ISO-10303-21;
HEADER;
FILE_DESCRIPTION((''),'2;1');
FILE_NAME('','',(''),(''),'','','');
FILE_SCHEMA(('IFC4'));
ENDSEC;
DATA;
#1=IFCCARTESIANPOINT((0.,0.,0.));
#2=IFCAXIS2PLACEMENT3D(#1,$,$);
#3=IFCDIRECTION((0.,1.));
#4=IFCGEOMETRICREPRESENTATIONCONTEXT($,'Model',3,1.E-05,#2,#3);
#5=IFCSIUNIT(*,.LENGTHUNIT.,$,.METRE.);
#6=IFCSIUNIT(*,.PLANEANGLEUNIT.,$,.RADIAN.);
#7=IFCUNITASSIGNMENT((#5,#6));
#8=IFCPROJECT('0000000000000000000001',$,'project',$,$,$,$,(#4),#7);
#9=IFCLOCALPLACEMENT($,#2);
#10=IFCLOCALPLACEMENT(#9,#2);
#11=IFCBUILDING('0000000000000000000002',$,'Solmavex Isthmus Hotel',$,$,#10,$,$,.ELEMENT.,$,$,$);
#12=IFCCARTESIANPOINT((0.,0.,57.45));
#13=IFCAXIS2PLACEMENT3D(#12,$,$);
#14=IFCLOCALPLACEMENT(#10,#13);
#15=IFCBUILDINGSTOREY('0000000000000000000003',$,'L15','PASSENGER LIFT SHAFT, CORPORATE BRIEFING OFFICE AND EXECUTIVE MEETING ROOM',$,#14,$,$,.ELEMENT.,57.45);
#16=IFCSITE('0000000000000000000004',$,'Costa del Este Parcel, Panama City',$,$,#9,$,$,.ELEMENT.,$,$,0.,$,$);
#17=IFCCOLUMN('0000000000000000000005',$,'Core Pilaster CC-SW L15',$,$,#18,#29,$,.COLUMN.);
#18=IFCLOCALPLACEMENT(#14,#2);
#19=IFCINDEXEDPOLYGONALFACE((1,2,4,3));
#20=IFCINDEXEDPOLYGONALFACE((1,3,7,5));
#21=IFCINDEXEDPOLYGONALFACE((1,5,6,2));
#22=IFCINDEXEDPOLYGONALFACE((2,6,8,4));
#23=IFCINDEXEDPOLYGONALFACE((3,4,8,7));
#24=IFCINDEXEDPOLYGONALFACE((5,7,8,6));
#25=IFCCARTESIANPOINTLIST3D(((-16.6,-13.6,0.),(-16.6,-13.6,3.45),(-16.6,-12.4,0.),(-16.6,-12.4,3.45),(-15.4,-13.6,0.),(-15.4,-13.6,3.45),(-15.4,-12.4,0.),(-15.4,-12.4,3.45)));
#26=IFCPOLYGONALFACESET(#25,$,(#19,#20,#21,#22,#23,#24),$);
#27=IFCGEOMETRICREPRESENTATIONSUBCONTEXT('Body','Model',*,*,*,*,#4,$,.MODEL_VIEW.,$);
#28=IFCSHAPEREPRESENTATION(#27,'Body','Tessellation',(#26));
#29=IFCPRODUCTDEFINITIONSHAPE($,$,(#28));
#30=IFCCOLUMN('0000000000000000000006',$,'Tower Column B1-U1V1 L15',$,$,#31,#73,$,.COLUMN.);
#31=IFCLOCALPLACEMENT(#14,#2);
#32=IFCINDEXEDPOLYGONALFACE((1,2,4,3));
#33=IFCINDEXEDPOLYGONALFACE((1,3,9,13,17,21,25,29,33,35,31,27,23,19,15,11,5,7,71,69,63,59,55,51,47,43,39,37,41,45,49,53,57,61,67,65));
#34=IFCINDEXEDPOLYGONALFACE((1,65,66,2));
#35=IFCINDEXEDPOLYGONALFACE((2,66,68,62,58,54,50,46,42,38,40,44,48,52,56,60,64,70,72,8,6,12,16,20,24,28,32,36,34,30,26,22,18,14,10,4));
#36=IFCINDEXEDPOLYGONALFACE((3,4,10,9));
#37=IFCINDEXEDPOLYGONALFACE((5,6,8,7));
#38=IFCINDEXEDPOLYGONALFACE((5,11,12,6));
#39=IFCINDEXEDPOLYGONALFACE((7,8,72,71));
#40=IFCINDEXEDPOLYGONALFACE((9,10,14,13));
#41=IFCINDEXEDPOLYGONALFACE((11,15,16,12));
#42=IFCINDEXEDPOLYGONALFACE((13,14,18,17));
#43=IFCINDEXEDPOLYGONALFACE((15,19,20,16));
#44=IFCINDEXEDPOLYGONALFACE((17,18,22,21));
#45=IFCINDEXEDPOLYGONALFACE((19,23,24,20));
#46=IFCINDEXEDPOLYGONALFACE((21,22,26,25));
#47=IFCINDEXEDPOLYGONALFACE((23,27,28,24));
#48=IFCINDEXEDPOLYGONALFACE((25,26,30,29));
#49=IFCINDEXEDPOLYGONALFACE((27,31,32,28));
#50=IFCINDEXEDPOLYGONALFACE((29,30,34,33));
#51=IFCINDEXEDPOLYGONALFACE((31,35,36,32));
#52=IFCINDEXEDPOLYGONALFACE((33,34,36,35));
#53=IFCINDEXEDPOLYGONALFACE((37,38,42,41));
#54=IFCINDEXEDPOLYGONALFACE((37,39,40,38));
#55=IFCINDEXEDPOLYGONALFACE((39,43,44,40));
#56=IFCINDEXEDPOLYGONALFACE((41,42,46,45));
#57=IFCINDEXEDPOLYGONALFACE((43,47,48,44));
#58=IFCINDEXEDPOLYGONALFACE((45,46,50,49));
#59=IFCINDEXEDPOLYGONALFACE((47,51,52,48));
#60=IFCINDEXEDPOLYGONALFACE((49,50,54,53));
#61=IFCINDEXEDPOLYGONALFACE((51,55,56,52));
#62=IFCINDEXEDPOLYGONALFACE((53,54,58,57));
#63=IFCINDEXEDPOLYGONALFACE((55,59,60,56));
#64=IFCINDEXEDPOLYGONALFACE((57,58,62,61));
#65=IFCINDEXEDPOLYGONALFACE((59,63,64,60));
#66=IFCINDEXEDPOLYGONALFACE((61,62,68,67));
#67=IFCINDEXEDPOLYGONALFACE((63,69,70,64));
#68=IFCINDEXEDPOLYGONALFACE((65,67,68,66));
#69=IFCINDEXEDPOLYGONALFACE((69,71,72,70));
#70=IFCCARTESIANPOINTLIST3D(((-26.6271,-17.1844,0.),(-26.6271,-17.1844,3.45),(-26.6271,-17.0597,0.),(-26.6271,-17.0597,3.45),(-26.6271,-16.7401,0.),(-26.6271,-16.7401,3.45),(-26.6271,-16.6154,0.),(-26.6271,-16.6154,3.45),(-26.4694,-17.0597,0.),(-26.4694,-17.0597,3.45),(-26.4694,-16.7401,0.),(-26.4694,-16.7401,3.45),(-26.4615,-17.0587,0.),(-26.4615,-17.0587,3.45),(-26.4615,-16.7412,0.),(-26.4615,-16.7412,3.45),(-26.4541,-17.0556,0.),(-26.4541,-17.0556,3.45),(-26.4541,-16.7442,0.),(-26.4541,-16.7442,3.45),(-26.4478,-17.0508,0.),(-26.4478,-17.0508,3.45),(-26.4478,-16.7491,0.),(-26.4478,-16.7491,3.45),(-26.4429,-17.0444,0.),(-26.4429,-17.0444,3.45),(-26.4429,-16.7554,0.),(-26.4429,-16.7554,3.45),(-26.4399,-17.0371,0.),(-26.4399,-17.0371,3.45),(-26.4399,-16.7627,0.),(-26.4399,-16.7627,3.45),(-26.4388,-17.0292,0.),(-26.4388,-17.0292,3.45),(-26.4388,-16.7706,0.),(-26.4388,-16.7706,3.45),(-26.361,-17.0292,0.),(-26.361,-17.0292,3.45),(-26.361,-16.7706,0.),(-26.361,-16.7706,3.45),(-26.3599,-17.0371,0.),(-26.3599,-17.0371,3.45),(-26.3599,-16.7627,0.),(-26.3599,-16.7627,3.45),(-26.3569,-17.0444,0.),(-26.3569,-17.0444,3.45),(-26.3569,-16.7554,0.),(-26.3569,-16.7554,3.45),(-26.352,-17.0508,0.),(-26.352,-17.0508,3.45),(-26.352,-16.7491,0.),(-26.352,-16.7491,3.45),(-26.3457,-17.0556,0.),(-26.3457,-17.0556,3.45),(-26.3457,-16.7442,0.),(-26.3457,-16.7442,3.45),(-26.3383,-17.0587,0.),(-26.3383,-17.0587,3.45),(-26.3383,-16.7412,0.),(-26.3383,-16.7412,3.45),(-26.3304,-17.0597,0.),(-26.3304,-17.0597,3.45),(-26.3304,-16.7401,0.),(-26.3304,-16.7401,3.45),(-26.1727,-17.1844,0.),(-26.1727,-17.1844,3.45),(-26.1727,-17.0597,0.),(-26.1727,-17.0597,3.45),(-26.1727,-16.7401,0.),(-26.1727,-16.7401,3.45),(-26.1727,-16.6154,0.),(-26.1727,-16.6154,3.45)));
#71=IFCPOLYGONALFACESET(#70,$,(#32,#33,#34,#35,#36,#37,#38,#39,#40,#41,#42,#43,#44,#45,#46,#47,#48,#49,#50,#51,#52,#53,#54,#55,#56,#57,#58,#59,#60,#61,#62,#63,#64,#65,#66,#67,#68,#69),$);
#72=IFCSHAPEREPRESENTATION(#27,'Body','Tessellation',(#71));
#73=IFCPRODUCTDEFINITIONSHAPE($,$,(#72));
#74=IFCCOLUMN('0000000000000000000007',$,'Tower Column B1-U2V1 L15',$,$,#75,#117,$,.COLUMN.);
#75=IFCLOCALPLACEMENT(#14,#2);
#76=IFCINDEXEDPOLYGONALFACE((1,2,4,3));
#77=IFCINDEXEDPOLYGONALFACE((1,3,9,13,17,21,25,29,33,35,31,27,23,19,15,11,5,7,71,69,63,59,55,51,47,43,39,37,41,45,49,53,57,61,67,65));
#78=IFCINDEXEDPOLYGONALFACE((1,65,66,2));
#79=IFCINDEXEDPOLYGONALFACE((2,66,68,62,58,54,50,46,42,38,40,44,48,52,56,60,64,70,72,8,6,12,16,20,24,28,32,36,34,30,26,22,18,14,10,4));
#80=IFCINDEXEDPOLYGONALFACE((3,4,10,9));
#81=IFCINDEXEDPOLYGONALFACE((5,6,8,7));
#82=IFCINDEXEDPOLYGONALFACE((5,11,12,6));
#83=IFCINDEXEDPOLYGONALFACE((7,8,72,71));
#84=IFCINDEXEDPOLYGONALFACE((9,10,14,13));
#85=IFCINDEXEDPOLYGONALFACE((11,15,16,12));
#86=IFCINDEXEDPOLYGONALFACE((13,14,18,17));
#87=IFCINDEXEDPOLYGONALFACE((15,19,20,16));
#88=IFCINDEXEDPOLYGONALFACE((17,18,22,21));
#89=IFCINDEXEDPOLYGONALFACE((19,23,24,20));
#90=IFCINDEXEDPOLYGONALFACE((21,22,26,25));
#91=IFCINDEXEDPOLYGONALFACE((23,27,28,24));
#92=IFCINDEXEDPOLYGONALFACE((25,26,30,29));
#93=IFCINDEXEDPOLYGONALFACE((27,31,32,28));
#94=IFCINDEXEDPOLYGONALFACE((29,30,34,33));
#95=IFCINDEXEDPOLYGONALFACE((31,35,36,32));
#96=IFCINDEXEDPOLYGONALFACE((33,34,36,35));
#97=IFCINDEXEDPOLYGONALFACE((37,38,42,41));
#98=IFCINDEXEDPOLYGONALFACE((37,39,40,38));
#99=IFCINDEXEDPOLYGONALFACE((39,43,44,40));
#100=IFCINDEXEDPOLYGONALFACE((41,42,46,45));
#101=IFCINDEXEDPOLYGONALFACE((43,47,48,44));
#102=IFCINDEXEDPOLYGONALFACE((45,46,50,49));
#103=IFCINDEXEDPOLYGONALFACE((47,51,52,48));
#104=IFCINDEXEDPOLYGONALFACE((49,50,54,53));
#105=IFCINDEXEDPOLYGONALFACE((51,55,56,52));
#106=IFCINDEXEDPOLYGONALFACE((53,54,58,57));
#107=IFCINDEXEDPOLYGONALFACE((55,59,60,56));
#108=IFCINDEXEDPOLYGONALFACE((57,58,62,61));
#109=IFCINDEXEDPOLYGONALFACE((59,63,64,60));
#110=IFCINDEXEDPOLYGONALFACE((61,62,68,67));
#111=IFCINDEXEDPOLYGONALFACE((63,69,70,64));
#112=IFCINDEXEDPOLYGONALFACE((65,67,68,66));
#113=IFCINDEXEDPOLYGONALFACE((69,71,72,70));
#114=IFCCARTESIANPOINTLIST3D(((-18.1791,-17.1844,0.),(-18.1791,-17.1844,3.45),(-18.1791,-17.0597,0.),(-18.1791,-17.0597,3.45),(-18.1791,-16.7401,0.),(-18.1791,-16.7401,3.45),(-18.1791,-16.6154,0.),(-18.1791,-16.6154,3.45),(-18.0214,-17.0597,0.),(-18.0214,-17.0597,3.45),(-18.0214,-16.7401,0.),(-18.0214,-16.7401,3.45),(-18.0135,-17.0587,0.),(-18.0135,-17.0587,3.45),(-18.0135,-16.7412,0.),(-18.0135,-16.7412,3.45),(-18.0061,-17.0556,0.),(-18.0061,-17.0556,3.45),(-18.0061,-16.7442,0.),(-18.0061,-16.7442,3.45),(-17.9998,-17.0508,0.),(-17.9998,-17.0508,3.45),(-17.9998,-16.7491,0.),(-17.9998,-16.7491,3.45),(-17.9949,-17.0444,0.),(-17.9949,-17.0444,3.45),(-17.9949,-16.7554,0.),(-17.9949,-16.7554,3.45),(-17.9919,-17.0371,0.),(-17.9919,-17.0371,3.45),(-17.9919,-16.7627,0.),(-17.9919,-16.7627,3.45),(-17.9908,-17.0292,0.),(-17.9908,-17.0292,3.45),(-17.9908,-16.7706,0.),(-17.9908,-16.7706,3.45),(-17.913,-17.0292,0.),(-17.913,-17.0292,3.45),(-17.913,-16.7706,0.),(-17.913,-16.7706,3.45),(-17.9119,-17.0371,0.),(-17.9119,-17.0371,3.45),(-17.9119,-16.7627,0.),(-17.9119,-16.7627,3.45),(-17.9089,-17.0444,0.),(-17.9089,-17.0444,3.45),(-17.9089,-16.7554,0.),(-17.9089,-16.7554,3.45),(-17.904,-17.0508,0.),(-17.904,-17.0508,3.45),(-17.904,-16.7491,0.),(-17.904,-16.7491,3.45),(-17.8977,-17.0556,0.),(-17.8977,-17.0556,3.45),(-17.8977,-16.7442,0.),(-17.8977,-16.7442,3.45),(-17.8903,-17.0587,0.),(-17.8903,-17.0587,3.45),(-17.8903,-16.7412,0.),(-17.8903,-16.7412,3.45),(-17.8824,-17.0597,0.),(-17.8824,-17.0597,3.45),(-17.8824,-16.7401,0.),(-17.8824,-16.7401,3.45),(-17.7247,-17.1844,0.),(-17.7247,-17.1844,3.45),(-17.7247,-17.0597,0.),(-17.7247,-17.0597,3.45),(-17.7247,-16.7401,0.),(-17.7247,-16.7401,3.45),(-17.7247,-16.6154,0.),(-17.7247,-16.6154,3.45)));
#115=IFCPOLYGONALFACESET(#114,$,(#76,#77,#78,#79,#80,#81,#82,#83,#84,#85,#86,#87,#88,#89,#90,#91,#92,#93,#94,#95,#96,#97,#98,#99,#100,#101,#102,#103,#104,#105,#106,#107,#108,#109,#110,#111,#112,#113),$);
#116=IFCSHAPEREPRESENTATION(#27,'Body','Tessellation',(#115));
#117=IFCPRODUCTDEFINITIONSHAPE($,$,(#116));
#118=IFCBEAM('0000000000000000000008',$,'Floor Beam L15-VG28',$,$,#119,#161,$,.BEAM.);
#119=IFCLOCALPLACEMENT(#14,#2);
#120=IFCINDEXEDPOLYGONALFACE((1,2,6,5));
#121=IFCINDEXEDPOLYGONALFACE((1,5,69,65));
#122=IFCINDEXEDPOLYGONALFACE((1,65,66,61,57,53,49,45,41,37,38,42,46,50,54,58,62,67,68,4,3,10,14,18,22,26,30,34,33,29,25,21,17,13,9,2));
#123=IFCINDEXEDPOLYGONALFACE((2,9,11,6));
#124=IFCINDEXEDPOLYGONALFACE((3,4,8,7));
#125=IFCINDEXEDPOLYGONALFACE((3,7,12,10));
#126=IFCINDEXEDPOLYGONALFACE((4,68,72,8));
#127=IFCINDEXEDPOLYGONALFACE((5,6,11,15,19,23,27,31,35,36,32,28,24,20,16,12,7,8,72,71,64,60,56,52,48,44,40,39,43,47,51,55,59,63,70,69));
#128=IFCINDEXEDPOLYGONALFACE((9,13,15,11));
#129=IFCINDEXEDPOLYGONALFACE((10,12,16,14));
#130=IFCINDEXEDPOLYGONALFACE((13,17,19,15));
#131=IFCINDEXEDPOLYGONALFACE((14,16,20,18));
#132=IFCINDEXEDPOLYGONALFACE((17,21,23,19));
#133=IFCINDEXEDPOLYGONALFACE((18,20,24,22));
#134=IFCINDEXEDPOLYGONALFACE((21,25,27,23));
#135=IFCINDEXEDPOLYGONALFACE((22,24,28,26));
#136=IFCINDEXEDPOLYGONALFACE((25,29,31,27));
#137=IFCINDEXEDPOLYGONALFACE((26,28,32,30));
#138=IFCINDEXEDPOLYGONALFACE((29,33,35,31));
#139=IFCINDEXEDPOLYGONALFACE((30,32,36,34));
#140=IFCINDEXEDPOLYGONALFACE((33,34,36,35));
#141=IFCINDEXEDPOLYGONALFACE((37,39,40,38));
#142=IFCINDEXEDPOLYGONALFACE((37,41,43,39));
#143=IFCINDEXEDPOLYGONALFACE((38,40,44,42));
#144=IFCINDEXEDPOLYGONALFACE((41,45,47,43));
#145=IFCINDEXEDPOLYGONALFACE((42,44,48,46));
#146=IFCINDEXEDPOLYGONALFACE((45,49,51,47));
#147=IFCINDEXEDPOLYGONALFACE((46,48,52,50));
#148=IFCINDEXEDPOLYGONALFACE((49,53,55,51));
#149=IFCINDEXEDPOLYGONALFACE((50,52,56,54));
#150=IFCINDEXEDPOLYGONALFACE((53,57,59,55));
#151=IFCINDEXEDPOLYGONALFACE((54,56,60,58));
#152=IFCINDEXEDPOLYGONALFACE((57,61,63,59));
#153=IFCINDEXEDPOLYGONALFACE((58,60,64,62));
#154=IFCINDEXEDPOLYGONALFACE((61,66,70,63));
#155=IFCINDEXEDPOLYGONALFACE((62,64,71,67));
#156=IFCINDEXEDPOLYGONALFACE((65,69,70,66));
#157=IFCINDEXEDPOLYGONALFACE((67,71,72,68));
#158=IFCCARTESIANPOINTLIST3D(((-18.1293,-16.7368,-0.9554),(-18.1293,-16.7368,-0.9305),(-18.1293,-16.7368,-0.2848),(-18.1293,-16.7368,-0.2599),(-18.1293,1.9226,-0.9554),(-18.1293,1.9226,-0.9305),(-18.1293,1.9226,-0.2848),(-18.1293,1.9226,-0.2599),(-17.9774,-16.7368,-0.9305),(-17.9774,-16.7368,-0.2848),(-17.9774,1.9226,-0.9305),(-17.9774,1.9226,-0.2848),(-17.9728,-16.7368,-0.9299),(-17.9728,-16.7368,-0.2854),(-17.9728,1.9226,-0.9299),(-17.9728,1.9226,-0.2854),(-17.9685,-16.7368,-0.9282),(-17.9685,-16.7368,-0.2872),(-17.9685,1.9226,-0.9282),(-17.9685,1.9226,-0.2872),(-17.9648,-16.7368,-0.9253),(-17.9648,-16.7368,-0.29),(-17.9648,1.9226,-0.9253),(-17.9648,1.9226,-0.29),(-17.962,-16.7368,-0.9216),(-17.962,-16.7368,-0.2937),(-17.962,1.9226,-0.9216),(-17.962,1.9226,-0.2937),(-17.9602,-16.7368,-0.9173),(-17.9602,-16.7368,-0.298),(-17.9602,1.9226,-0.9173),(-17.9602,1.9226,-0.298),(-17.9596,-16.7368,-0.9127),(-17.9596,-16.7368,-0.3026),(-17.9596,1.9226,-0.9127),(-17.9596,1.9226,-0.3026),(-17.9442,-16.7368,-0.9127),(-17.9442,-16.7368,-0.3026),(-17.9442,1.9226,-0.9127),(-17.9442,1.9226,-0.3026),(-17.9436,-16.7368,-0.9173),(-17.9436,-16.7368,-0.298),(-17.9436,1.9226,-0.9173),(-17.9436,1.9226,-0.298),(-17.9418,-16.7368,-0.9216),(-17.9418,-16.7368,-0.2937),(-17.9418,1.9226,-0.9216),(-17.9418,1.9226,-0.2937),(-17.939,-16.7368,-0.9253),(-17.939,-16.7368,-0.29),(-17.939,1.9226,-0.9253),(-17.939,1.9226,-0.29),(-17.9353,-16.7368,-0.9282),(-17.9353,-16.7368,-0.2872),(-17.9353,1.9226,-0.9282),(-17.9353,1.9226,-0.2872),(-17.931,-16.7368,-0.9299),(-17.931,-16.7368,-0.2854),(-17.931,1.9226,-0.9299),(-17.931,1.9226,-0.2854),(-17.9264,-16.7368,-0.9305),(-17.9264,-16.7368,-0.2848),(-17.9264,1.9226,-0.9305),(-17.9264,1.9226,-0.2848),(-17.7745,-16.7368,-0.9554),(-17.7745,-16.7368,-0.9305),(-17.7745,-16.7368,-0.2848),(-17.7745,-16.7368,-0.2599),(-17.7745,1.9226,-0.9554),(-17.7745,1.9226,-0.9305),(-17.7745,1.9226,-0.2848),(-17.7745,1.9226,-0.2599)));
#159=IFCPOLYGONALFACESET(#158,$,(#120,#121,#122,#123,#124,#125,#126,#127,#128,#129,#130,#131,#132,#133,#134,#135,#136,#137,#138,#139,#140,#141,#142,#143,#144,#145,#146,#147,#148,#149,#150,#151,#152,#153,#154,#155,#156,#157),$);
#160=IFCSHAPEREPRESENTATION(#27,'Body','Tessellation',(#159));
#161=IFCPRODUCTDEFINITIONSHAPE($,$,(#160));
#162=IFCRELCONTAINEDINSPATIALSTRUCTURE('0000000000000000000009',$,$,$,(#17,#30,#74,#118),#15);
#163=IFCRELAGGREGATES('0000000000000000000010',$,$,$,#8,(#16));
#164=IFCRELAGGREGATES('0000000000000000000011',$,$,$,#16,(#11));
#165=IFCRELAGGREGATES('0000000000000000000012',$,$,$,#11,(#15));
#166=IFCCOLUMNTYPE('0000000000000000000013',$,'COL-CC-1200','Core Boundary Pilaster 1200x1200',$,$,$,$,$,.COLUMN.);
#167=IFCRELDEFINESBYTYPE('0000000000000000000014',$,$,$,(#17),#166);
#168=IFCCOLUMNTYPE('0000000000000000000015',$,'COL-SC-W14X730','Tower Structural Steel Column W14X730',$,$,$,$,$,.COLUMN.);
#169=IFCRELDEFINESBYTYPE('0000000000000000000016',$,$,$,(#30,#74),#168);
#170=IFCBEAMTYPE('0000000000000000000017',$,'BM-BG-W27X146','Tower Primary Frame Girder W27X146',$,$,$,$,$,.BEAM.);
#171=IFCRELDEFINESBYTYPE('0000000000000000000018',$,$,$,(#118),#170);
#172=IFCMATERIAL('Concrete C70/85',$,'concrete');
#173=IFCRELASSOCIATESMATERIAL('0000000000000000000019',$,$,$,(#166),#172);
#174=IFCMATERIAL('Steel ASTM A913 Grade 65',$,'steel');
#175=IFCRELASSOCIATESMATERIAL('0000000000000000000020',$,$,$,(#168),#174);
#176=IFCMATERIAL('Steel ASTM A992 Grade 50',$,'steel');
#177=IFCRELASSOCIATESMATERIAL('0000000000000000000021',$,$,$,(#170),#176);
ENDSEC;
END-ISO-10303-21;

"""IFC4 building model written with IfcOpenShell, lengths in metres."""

from ifc_helpers import new_model, si_unit, direction, frame, origin, origin_2d, place, context, subcontext, project, spatial, rectangle, i_section, extrude, material, material_profile, profile_set, type_object, element, save


model = new_model("IFC4")

# Units and contexts
model_context = context("Model", 3, precision=1e-05, world=origin(), true_north=direction((0.0, 1.0)))
body_context = subcontext(model_context, "Body", "Model", "MODEL_VIEW")
ifc_project = project(units=[si_unit("LENGTHUNIT", "METRE"), si_unit("PLANEANGLEUNIT", "RADIAN")], contexts=[model_context])

# Site, building, storey
site_placement = place(None, origin())
site = spatial("IfcSite", under=ifc_project, at=site_placement, Name="Costa del Este Parcel, Panama City", CompositionType="ELEMENT", RefElevation=0.0)
building_placement = place(site_placement, origin())
building = spatial("IfcBuilding", under=site, at=building_placement, Name="Solmavex Isthmus Hotel", CompositionType="ELEMENT")
storey_placement = place(building_placement, frame((0.0, 0.0, 57.45)))
storey = spatial("IfcBuildingStorey", under=building, at=storey_placement, Name="L15", Description="PASSENGER LIFT SHAFT, CORPORATE BRIEFING OFFICE AND EXECUTIVE MEETING ROOM", CompositionType="ELEMENT", Elevation=57.45)

# Columns
ifc_material_1 = material(Name="Concrete C70/85", Category="concrete")
ifc_material_profile_1 = material_profile(ifc_material_1, rectangle(XDim=1.2, YDim=1.2, at=origin_2d()), Name="RC1200X1200")
ifc_profile_set_1 = profile_set([ifc_material_profile_1], Name="Concrete C70/85")
column_type_1 = type_object("IfcColumnType", Name="COL-CC-1200", Description="Core Boundary Pilaster 1200x1200", PredefinedType="COLUMN", material=ifc_profile_set_1)
column_placement = place(storey_placement, frame((-16.0, -13.0, 0.0), z_axis=(0.0, 0.0, 1.0), x_axis=(1.0, 0.0, 0.0)))
element("IfcColumn", 1, at=column_placement, inside=storey, type_object=column_type_1, Name="Core Pilaster CC-SW L15", PredefinedType="COLUMN", context=body_context, shape_type="SweptSolid", body=[
    extrude(rectangle(XDim=1.2, YDim=1.2, at=origin_2d()), origin(), (0.0, 0.0, 1.0), 3.45),
])
ifc_material_2 = material(Name="Steel ASTM A913 Grade 65", Category="steel")
ifc_material_profile_2 = material_profile(ifc_material_2, i_section(OverallWidth=0.4543, OverallDepth=0.5691, WebThickness=0.0779, FlangeThickness=0.1248, FilletRadius=0.0305, at=origin_2d()), Name="W14X730")
ifc_profile_set_2 = profile_set([ifc_material_profile_2], Name="Steel ASTM A913 Grade 65")
column_type_2 = type_object("IfcColumnType", Name="COL-SC-W14X730", Description="Tower Structural Steel Column W14X730", PredefinedType="COLUMN", material=ifc_profile_set_2)
for number, where, z_axis, x_axis, name in (
    (2, (-26.3999, -16.8999, 0.0), (0.0, 0.0, 1.0), (1.0, 0.0, 0.0), "Tower Column B1-U1V1 L15"),
    (3, (-17.9519, -16.8999, 0.0), (0.0, 0.0, 1.0), (1.0, 0.0, 0.0), "Tower Column B1-U2V1 L15"),
):
    element("IfcColumn", number, at=place(storey_placement, frame(where, z_axis=z_axis, x_axis=x_axis)), inside=storey, type_object=column_type_2, Name=name, PredefinedType="COLUMN", context=body_context, shape_type="SweptSolid", body=[
        extrude(i_section(OverallWidth=0.4543, OverallDepth=0.5691, WebThickness=0.0779, FlangeThickness=0.1248, FilletRadius=0.0305, at=origin_2d()), origin(), (0.0, 0.0, 1.0), 3.45),
    ])

# Beam
ifc_material_3 = material(Name="Steel ASTM A992 Grade 50", Category="steel")
ifc_material_profile_3 = material_profile(ifc_material_3, i_section(OverallWidth=0.3547, OverallDepth=0.6956, WebThickness=0.0154, FlangeThickness=0.0249, FilletRadius=0.0178, at=origin_2d()), Name="W27X146")
ifc_profile_set_3 = profile_set([ifc_material_profile_3], Name="Steel ASTM A992 Grade 50")
beam_type_1 = type_object("IfcBeamType", Name="BM-BG-W27X146", Description="Tower Primary Frame Girder W27X146", PredefinedType="BEAM", material=ifc_profile_set_3)
beam_1_placement = place(storey_placement, frame((-17.9519, -16.7368, -0.6077), z_axis=(0.0, 1.0, 0.0), x_axis=(-1.0, 0.0, 0.0)))
element("IfcBeam", 4, at=beam_1_placement, inside=storey, type_object=beam_type_1, Name="Floor Beam L15-VG28", PredefinedType="BEAM", context=body_context, shape_type="SweptSolid", body=[
    extrude(i_section(OverallWidth=0.3547, OverallDepth=0.6956, WebThickness=0.0154, FlangeThickness=0.0249, FilletRadius=0.0178, at=origin_2d()), origin(), (0.0, 0.0, 1.0), 18.6594),
])

save(model, "model.ifc")
